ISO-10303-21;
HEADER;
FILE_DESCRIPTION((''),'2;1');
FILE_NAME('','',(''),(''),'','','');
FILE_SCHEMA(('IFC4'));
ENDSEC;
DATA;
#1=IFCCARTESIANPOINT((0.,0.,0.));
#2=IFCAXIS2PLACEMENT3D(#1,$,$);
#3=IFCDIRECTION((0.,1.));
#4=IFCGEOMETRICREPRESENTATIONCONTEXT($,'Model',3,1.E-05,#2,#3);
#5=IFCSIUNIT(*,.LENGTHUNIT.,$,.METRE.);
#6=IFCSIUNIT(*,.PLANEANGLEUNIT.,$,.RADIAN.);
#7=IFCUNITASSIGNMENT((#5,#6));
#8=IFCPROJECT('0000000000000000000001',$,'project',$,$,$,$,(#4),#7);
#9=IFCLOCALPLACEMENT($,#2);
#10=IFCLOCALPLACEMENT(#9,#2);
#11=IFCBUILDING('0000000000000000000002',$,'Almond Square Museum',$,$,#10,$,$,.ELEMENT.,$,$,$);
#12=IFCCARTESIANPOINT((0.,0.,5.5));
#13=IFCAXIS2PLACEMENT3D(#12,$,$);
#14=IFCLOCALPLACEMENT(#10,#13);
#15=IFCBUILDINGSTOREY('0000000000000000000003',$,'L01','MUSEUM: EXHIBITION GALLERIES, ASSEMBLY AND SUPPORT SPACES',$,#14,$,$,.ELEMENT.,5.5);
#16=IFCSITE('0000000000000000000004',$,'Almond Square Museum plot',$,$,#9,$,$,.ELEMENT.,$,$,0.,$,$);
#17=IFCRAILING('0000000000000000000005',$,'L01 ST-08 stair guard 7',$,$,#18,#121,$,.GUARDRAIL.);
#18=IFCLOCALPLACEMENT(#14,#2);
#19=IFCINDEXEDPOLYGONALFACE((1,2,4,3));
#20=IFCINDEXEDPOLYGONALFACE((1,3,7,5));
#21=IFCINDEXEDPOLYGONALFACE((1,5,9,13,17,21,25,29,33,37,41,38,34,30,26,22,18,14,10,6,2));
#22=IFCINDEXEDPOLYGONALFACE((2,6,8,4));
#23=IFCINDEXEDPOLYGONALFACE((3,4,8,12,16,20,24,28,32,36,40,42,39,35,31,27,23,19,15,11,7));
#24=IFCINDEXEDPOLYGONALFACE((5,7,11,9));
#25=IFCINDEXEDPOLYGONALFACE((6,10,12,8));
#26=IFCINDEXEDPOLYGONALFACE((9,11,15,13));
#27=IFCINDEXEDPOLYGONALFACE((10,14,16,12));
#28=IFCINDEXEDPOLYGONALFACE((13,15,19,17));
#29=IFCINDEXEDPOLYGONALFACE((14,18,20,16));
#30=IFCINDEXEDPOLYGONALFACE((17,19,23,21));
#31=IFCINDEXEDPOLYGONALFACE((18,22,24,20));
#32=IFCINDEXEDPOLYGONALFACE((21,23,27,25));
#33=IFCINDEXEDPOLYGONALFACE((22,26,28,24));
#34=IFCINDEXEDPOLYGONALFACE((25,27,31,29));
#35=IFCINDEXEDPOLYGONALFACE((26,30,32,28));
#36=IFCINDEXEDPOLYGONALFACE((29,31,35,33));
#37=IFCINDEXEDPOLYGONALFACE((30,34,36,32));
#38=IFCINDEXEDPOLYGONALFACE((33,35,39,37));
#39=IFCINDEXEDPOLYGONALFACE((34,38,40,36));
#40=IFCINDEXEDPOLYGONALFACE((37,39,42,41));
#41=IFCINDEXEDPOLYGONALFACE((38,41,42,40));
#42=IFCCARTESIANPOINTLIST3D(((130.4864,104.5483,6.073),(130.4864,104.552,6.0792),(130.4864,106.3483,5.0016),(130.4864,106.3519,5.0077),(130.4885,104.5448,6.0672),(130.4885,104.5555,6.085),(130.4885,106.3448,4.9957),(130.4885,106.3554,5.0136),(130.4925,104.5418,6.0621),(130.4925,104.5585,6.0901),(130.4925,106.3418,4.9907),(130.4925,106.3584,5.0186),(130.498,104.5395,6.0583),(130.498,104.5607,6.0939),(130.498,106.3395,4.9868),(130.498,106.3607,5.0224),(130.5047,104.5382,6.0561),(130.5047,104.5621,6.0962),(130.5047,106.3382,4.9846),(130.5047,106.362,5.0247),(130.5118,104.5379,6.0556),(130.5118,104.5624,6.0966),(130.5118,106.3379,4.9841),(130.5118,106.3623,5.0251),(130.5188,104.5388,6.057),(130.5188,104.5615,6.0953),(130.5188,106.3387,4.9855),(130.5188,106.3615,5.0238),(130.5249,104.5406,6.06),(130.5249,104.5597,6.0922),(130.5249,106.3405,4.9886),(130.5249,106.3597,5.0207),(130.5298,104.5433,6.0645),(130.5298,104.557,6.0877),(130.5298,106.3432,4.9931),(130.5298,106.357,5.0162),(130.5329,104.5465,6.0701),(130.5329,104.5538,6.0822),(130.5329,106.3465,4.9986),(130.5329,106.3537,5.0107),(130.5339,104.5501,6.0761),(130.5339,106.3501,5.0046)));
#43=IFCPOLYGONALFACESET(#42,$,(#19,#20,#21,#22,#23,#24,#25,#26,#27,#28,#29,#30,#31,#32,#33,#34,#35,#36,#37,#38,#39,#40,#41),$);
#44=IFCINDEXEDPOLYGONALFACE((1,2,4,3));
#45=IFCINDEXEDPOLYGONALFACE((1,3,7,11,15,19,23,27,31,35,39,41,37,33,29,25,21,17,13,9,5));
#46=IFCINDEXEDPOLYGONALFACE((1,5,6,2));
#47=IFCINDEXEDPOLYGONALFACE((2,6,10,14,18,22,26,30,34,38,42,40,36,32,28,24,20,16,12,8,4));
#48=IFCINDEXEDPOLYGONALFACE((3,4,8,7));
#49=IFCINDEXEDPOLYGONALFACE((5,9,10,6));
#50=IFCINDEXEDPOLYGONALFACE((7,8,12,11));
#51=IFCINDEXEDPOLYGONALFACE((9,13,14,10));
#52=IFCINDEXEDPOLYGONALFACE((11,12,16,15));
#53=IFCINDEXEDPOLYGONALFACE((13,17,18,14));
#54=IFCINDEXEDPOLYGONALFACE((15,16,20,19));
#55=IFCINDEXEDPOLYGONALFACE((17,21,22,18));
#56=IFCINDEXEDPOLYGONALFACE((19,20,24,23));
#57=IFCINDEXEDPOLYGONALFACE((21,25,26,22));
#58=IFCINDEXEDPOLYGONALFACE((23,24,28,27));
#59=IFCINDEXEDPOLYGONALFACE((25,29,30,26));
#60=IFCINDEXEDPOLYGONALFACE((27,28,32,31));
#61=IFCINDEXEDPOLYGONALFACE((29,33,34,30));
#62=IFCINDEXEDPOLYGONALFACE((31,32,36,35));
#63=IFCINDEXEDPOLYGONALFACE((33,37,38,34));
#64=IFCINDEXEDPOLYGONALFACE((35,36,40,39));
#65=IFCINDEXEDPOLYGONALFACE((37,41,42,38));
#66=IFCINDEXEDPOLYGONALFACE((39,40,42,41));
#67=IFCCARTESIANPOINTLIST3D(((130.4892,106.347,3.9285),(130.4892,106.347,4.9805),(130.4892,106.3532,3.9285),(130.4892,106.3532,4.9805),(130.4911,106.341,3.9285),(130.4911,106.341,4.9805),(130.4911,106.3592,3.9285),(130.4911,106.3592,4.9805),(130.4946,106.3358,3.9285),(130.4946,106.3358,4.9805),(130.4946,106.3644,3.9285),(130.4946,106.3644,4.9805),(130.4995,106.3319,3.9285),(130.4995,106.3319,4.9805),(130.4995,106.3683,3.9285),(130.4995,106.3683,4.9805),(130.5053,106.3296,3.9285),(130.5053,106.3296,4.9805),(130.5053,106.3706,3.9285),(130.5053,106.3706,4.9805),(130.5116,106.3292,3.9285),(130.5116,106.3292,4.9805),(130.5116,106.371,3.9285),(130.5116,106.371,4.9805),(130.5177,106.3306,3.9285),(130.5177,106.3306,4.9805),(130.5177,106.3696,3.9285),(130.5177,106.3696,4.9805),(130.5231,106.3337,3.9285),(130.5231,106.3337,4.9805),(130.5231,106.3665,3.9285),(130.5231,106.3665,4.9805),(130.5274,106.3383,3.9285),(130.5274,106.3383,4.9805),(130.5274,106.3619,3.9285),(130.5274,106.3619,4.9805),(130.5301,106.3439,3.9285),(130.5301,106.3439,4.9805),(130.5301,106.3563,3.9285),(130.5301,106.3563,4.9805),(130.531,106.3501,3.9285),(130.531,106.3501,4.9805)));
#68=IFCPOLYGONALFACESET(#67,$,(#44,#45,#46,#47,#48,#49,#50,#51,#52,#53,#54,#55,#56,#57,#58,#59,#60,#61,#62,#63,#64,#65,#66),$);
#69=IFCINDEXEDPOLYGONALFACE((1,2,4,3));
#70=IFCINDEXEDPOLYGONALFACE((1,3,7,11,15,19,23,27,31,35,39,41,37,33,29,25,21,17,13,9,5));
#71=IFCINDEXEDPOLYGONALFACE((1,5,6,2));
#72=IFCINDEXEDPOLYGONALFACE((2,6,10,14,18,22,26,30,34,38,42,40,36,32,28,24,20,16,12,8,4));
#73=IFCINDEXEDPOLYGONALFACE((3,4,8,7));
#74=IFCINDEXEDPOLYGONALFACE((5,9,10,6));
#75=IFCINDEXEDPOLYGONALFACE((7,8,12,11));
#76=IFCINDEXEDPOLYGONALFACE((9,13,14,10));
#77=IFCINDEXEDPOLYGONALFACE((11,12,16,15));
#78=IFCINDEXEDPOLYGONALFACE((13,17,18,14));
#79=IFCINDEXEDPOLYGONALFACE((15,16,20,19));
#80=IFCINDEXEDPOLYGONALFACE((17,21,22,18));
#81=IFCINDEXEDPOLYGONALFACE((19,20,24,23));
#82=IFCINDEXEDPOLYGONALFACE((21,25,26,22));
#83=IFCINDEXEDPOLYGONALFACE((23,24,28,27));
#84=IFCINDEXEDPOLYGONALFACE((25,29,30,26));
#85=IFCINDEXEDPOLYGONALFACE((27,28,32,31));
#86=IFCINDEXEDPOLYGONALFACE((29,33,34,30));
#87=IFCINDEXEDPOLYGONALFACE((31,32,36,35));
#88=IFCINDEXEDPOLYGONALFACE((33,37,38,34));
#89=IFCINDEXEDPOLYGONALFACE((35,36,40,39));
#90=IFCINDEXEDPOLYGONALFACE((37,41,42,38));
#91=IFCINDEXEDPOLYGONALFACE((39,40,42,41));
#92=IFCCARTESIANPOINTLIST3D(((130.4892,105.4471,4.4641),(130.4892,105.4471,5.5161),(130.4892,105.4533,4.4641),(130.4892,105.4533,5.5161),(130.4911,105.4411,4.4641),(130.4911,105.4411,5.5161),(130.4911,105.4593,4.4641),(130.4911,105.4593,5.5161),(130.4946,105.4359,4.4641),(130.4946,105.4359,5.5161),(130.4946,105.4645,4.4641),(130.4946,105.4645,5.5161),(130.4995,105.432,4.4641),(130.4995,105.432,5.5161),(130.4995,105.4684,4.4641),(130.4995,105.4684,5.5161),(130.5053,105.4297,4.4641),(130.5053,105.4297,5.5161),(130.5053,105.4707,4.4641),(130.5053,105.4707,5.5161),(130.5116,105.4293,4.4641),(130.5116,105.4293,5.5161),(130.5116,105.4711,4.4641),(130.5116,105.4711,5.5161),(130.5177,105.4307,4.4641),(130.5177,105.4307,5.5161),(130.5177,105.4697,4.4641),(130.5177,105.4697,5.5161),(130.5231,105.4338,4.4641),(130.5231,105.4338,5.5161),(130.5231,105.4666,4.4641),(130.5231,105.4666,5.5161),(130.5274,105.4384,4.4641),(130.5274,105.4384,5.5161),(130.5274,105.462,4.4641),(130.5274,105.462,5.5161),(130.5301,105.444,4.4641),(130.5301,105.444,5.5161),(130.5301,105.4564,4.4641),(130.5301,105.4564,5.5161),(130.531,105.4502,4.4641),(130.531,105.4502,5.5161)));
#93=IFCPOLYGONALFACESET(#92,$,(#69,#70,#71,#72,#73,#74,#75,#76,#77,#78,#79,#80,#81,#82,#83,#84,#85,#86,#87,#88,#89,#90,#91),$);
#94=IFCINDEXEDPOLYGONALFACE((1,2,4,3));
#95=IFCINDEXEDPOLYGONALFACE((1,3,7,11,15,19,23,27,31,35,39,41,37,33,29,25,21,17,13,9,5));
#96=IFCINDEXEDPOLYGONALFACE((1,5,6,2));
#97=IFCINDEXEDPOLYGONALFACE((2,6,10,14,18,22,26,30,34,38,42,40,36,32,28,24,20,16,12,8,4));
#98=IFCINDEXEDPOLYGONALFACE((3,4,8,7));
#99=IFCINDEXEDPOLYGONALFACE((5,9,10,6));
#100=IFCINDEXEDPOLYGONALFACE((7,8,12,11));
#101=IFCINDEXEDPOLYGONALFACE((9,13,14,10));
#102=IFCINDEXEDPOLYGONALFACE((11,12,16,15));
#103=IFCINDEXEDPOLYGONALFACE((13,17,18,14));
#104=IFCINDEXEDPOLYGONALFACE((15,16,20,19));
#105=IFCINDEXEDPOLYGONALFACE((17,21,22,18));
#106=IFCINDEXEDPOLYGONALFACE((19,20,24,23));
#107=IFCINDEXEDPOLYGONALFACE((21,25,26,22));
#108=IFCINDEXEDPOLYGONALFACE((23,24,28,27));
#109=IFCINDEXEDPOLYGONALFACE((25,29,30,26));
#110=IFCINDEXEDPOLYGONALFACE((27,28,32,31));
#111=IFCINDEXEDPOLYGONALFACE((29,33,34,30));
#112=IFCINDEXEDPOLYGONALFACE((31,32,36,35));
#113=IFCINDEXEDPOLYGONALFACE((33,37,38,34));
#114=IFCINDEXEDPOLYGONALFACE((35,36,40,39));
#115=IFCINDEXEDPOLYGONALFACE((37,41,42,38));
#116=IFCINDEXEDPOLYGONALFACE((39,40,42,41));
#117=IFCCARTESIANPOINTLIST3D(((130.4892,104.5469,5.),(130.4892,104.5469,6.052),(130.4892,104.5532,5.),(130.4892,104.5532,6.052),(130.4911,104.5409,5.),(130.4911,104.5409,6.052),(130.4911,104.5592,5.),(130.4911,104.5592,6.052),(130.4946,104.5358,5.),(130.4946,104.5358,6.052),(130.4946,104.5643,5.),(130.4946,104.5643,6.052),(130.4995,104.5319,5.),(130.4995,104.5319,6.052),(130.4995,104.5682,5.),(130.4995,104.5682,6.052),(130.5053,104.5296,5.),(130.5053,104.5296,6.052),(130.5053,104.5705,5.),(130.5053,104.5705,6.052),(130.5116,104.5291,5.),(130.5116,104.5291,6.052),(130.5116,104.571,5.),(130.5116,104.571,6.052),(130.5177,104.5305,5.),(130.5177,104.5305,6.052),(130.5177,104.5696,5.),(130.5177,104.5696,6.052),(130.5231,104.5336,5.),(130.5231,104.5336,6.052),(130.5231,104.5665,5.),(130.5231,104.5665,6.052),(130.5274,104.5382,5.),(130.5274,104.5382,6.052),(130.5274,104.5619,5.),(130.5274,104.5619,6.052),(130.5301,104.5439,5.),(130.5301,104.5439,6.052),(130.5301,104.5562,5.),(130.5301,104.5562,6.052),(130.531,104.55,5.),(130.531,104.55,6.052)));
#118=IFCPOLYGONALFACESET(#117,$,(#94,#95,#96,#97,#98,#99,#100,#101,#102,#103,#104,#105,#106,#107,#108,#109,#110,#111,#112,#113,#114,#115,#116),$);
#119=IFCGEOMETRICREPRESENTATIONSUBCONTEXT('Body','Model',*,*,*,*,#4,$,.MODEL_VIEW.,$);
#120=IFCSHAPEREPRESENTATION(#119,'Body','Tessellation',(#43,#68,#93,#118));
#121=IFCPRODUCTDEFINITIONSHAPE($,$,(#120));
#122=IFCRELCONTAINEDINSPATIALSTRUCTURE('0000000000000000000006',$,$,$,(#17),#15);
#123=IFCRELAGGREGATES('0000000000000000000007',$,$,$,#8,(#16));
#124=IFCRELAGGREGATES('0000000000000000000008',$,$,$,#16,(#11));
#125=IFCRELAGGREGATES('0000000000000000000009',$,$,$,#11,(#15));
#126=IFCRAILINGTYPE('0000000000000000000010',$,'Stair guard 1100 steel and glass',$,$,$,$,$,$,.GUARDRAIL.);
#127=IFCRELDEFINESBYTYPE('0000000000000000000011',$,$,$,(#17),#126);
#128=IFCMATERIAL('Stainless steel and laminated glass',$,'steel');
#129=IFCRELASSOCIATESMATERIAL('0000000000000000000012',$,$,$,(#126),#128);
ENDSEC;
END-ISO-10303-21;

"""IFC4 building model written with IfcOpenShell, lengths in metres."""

from ifc_helpers import new_model, si_unit, direction, frame, origin, origin_2d, place, context, subcontext, project, spatial, circle, extrude, material, type_object, element, save


model = new_model("IFC4")

# Units and contexts
model_context = context("Model", 3, precision=1e-05, world=origin(), true_north=direction((0.0, 1.0)))
body_context = subcontext(model_context, "Body", "Model", "MODEL_VIEW")
ifc_project = project(units=[si_unit("LENGTHUNIT", "METRE"), si_unit("PLANEANGLEUNIT", "RADIAN")], contexts=[model_context])

# Site, building, storey
site_placement = place(None, origin())
site = spatial("IfcSite", under=ifc_project, at=site_placement, Name="Almond Square Museum plot", CompositionType="ELEMENT", RefElevation=0.0)
building_placement = place(site_placement, origin())
building = spatial("IfcBuilding", under=site, at=building_placement, Name="Almond Square Museum", CompositionType="ELEMENT")
storey_placement = place(building_placement, frame((0.0, 0.0, 5.5)))
storey = spatial("IfcBuildingStorey", under=building, at=storey_placement, Name="L01", Description="MUSEUM: EXHIBITION GALLERIES, ASSEMBLY AND SUPPORT SPACES", CompositionType="ELEMENT", Elevation=5.5)

# Railing
ifc_material_1 = material(Name="Stainless steel and laminated glass", Category="steel")
railing_type_1 = type_object("IfcRailingType", Name="Stair guard 1100 steel and glass", PredefinedType="GUARDRAIL", material=ifc_material_1)
railing_1_placement = place(storey_placement, frame((130.51, 106.3501, 3.9285)))
element("IfcRailing", 1, at=railing_1_placement, inside=storey, type_object=railing_type_1, Name="L01 ST-08 stair guard 7", PredefinedType="GUARDRAIL", context=body_context, shape_type="SweptSolid", body=[
    extrude(circle(Radius=0.0239, at=origin_2d()), frame((0.0, 0.0, 1.0762), z_axis=(0.0, -0.859277, 0.51151), x_axis=(1.0, 0.0, 0.0)), (0.0, 0.0, 1.0), 2.0947),
    extrude(circle(Radius=0.021, at=origin_2d()), origin(), (0.0, 0.0, 1.0), 1.052),
    extrude(circle(Radius=0.021, at=origin_2d()), frame((0.0, -0.8999, 0.5356)), (0.0, 0.0, 1.0), 1.052),
    extrude(circle(Radius=0.021, at=origin_2d()), frame((0.0, -1.8, 1.0715)), (0.0, 0.0, 1.0), 1.052),
])

save(model, "model.ifc")
